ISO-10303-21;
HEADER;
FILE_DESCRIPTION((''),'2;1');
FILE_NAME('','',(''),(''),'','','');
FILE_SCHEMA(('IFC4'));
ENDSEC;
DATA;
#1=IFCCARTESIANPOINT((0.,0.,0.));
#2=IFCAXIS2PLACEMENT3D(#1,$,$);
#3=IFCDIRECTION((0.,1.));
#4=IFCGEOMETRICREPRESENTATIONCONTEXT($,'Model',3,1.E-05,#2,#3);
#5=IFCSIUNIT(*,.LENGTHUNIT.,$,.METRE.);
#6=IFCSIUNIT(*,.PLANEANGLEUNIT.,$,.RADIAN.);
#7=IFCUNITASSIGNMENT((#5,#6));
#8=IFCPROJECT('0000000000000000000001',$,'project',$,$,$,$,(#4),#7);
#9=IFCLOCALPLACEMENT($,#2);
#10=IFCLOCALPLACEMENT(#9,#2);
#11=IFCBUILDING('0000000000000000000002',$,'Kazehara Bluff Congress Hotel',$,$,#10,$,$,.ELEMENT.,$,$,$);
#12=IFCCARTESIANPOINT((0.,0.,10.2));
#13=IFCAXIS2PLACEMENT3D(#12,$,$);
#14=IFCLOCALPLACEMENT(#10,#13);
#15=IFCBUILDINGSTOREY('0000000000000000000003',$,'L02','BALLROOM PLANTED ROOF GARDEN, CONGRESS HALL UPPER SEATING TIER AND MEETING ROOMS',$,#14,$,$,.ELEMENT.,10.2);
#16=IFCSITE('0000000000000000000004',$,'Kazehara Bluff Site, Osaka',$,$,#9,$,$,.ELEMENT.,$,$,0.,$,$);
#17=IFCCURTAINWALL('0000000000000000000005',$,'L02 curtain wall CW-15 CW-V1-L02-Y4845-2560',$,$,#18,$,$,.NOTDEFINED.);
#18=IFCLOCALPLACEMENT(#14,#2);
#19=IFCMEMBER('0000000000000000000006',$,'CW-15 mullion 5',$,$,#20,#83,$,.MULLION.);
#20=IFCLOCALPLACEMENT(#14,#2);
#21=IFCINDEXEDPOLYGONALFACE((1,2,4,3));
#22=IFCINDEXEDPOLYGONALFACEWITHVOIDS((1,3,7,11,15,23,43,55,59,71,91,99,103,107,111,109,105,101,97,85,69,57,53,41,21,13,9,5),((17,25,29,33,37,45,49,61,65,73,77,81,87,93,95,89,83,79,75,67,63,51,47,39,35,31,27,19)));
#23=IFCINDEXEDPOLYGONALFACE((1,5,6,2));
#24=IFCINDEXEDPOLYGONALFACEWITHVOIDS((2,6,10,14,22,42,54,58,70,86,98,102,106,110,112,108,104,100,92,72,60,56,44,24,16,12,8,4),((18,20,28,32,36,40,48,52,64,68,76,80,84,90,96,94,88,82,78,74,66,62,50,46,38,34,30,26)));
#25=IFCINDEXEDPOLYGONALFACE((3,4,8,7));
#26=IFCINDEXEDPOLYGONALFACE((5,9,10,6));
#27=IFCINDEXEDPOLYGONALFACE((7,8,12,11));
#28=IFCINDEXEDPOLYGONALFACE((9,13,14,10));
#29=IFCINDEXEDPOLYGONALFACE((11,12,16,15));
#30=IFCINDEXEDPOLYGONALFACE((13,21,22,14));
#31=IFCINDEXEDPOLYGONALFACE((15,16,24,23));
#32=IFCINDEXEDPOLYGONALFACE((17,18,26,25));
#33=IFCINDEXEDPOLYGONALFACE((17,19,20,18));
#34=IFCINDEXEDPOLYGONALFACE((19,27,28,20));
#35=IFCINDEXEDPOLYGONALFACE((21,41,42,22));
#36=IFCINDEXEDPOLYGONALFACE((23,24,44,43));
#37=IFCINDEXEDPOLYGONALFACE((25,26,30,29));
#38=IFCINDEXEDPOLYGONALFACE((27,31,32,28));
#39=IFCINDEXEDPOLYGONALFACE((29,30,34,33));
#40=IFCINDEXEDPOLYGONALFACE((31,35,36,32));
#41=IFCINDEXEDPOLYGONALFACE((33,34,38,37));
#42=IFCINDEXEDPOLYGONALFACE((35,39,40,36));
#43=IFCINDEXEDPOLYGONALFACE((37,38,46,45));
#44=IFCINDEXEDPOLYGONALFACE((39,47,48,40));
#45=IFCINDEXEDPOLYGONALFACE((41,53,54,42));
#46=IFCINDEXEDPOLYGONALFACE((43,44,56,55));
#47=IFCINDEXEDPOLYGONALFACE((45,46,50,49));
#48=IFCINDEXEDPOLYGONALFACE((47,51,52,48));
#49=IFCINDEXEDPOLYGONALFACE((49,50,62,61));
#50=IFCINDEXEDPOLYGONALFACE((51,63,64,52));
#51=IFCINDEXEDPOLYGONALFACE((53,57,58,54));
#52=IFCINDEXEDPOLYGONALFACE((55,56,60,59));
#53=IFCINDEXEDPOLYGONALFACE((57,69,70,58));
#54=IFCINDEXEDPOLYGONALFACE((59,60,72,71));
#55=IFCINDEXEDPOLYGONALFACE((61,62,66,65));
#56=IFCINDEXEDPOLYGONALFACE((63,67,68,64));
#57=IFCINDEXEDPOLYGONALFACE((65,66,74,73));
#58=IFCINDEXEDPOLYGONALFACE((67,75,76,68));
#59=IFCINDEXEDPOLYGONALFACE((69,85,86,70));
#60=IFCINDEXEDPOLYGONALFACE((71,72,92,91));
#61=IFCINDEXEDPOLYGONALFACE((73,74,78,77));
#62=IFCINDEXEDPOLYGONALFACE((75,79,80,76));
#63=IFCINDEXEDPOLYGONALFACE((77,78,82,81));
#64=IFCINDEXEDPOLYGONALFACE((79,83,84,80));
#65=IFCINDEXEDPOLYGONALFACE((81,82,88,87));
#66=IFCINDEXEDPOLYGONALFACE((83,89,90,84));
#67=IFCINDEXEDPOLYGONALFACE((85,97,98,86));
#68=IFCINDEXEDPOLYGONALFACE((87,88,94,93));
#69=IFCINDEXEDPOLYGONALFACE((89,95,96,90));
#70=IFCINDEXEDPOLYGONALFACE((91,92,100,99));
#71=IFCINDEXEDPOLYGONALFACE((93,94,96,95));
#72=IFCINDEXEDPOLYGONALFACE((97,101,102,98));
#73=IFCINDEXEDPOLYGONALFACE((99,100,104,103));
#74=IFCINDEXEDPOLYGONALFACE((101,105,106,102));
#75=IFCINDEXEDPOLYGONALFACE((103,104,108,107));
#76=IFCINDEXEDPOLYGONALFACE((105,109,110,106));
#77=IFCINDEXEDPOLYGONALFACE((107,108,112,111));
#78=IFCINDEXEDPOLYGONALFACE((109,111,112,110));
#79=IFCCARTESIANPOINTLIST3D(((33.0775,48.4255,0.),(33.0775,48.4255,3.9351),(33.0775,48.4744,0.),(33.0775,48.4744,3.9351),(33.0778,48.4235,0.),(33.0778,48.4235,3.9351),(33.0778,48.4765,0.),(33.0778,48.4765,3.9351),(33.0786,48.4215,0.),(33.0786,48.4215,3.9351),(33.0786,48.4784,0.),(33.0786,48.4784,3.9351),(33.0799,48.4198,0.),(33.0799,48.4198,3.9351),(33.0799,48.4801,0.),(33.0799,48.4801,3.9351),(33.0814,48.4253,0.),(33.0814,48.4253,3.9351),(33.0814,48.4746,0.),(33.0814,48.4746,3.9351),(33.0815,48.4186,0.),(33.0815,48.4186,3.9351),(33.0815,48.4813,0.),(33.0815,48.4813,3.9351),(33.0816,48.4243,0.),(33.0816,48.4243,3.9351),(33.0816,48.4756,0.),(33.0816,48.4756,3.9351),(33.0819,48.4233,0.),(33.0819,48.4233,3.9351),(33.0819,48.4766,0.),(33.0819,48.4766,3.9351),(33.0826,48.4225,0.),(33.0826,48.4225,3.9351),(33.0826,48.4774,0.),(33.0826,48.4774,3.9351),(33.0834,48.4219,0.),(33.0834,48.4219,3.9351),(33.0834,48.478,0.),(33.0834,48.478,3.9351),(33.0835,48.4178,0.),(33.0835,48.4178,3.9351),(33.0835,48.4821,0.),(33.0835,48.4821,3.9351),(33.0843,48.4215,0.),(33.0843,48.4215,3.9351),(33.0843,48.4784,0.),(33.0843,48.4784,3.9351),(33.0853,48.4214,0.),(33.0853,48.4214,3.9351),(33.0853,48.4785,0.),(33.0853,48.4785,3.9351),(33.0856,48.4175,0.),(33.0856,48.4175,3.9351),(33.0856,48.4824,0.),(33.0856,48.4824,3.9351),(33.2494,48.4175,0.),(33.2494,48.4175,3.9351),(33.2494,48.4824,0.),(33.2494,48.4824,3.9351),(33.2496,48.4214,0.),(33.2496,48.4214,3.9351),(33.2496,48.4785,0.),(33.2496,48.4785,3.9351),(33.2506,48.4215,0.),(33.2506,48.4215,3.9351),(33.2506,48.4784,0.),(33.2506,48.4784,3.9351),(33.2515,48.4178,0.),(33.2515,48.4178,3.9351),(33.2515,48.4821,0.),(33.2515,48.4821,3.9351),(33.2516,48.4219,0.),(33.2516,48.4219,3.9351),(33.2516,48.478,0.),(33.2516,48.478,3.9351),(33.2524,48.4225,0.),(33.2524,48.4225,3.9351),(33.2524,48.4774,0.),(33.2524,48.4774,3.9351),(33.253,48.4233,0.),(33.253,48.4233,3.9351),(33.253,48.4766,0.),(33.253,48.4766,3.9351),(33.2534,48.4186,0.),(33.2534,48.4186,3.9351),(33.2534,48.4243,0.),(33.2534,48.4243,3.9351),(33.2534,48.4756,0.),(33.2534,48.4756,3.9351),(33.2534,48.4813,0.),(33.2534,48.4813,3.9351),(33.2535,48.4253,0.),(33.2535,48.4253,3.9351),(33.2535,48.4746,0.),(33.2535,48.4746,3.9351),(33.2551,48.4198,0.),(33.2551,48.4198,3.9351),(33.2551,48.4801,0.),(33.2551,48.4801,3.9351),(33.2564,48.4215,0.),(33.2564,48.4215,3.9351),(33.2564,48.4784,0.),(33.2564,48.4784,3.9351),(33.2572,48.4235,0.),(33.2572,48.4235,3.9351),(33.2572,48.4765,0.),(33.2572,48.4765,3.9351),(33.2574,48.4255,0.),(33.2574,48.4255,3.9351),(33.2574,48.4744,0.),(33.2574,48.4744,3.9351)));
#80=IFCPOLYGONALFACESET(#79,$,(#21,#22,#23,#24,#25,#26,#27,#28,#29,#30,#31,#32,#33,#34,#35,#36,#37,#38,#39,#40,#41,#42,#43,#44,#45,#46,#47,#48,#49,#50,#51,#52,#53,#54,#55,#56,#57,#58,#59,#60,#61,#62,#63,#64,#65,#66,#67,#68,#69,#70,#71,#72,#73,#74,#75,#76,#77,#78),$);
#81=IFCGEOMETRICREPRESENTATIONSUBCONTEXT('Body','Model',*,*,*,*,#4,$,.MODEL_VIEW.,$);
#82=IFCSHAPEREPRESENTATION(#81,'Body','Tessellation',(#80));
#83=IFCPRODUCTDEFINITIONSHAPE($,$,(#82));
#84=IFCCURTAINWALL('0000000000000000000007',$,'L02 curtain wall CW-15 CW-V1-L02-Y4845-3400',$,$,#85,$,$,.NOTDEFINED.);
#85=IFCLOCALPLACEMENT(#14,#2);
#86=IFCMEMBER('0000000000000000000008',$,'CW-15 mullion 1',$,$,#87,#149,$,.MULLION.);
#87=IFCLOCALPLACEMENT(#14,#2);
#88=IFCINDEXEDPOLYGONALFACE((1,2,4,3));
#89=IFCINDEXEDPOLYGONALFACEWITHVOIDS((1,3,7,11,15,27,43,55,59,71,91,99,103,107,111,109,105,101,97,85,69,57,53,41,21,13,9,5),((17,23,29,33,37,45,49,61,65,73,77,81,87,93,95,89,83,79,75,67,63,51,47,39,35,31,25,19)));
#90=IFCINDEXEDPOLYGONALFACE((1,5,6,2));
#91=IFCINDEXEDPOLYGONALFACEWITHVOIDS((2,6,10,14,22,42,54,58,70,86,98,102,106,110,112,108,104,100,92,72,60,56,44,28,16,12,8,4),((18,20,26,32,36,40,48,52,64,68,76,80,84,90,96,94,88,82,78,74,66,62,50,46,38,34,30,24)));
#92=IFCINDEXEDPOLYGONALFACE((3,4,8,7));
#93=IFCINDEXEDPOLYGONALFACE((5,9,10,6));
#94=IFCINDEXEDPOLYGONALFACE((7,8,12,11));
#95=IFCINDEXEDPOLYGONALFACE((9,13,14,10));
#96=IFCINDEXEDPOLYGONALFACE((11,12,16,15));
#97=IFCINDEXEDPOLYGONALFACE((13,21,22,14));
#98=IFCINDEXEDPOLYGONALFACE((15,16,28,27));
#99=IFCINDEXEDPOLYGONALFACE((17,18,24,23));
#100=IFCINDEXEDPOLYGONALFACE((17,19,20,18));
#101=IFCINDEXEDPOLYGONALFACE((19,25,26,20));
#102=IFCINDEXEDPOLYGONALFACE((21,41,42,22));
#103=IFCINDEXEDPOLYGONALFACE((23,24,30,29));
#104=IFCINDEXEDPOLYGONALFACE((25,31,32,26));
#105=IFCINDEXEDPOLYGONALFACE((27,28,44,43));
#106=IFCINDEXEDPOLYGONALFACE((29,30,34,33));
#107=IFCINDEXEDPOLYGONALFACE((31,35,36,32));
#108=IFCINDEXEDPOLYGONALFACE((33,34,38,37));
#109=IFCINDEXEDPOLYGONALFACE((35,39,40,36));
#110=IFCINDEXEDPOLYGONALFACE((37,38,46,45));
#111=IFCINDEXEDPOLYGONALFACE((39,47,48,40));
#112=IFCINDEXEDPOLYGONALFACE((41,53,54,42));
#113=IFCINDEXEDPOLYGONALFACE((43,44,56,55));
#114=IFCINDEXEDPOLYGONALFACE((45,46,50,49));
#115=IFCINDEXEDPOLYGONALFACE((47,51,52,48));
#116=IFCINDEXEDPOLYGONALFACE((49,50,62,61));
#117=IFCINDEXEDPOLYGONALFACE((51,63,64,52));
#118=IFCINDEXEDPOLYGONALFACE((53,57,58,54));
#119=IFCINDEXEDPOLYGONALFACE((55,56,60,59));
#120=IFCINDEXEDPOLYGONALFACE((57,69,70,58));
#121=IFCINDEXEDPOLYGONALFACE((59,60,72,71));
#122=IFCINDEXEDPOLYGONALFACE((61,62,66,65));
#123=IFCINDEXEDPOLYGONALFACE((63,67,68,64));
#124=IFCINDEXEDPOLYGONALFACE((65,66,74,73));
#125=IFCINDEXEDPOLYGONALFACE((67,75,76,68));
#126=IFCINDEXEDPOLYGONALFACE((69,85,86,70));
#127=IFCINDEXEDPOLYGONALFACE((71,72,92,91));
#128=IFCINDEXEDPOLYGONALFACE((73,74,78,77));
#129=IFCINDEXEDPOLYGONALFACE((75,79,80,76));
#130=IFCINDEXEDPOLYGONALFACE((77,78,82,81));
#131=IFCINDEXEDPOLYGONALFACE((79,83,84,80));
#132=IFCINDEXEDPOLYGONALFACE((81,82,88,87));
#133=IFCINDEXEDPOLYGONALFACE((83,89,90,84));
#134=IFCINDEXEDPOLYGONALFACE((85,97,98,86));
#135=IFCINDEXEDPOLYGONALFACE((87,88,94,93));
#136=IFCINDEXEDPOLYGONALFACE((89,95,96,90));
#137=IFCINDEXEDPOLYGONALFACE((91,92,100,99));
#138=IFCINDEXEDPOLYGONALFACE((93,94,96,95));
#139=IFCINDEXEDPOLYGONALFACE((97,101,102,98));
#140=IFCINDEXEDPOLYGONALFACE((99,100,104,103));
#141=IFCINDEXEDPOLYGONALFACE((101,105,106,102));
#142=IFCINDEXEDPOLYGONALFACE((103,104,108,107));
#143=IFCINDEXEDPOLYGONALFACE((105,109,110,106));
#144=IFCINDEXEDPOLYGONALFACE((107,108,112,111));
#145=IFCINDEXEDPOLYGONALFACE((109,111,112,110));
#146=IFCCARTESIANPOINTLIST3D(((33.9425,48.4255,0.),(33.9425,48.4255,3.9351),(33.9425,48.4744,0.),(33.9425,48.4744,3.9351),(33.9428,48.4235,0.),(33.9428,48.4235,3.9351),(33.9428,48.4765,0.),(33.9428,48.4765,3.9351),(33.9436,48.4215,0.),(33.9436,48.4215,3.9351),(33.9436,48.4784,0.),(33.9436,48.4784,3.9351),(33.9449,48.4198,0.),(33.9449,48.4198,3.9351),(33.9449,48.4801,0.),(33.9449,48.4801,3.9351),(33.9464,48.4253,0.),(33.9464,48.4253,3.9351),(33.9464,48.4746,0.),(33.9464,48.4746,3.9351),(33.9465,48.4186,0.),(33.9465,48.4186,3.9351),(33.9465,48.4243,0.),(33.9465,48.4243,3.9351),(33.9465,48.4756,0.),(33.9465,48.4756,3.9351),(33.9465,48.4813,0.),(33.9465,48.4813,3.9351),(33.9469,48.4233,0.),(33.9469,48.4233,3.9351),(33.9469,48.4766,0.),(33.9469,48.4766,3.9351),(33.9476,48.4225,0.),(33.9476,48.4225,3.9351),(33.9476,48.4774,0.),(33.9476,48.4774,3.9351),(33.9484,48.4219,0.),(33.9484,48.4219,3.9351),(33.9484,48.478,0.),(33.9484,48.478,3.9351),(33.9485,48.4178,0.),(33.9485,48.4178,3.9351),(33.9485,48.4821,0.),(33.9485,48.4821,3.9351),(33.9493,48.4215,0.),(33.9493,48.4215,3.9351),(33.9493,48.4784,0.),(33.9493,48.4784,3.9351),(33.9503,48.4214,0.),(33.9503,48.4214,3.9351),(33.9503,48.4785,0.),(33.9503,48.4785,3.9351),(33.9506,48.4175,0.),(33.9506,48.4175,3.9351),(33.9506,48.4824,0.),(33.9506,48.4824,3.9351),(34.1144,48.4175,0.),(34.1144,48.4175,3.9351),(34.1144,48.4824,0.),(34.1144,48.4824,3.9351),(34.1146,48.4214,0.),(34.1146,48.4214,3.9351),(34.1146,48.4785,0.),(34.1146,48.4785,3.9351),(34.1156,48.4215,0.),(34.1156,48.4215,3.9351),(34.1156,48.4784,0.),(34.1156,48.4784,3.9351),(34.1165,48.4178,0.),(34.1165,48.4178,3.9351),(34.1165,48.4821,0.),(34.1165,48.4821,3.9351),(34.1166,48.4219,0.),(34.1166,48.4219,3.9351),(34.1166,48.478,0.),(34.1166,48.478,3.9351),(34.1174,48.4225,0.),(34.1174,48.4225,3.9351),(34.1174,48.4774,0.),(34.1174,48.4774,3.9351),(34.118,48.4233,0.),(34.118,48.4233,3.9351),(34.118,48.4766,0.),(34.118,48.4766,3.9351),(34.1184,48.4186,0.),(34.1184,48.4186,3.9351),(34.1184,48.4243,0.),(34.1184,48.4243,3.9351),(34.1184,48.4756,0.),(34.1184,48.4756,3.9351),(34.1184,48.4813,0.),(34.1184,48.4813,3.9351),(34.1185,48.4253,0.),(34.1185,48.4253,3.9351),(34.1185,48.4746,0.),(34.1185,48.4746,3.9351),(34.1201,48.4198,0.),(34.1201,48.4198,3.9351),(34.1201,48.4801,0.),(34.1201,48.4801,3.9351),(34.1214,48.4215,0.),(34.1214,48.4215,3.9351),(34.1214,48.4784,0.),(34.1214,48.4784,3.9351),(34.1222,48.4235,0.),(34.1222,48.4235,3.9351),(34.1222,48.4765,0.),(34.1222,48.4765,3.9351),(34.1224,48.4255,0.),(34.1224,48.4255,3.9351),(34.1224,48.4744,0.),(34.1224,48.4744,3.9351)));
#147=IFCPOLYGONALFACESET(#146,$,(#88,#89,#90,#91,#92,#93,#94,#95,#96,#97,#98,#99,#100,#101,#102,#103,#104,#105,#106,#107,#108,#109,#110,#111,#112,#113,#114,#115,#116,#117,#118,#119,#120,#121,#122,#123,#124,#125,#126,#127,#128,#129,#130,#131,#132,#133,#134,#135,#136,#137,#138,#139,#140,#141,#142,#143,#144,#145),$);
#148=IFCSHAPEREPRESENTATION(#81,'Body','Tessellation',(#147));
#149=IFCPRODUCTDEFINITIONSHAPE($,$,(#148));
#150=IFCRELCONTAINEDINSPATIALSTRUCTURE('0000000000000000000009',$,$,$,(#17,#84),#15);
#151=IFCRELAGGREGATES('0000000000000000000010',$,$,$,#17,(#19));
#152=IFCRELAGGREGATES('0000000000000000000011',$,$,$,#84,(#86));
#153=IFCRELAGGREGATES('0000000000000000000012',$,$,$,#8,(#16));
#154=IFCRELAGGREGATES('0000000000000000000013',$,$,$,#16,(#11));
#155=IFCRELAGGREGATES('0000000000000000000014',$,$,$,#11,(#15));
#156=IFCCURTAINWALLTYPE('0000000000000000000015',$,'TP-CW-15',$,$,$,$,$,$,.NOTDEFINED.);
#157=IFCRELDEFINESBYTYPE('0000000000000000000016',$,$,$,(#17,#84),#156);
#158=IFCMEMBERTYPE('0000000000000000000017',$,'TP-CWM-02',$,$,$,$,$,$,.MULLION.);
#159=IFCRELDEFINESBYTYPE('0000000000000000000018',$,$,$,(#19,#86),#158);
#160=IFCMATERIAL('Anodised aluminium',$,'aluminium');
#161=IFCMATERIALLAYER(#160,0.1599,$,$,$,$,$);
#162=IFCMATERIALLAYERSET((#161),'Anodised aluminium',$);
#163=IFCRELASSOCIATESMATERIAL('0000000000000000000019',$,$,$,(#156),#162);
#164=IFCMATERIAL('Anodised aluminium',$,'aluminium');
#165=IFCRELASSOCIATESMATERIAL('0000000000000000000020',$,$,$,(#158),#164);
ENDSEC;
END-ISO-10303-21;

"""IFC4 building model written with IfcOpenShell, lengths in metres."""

from ifc_helpers import new_model, si_unit, direction, frame, origin, origin_2d, place, context, subcontext, project, spatial, hollow_rectangle, extrude, material, layer, layer_set, material_profile, profile_set, type_object, element, aggregate, save


model = new_model("IFC4")

# Units and contexts
model_context = context("Model", 3, precision=1e-05, world=origin(), true_north=direction((0.0, 1.0)))
body_context = subcontext(model_context, "Body", "Model", "MODEL_VIEW")
ifc_project = project(units=[si_unit("LENGTHUNIT", "METRE"), si_unit("PLANEANGLEUNIT", "RADIAN")], contexts=[model_context])

# Site, building, storey
site_placement = place(None, origin())
site = spatial("IfcSite", under=ifc_project, at=site_placement, Name="Kazehara Bluff Site, Osaka", CompositionType="ELEMENT", RefElevation=0.0)
building_placement = place(site_placement, origin())
building = spatial("IfcBuilding", under=site, at=building_placement, Name="Kazehara Bluff Congress Hotel", CompositionType="ELEMENT")
storey_placement = place(building_placement, frame((0.0, 0.0, 10.2)))
storey = spatial("IfcBuildingStorey", under=building, at=storey_placement, Name="L02", Description="BALLROOM PLANTED ROOF GARDEN, CONGRESS HALL UPPER SEATING TIER AND MEETING ROOMS", CompositionType="ELEMENT", Elevation=10.2)

# Curtain walls, members
ifc_material_1 = material(Name="Anodised aluminium", Category="aluminium")
ifc_layer_1 = layer(ifc_material_1, 0.1599)
ifc_layer_set_1 = layer_set([ifc_layer_1], Name="Anodised aluminium")
curtain_wall_type = type_object("IfcCurtainWallType", Name="TP-CW-15", PredefinedType="NOTDEFINED", material=ifc_layer_set_1)
curtain_wall_1_placement = place(storey_placement, origin())
curtain_wall_1 = element("IfcCurtainWall", 1, at=curtain_wall_1_placement, inside=storey, type_object=curtain_wall_type, Name="L02 curtain wall CW-15 CW-V1-L02-Y4845-2560", PredefinedType="NOTDEFINED")
ifc_material_2 = material(Name="Anodised aluminium", Category="aluminium")
ifc_material_profile_1 = material_profile(ifc_material_2, hollow_rectangle(XDim=0.0649, YDim=0.1799, WallThickness=0.0039, InnerFilletRadius=0.0039, OuterFilletRadius=0.0081, at=origin_2d()))
ifc_profile_set_1 = profile_set([ifc_material_profile_1], Name="Anodised aluminium")
member_type_1 = type_object("IfcMemberType", Name="TP-CWM-02", PredefinedType="MULLION", material=ifc_profile_set_1)
member_1_placement = place(storey_placement, frame((33.1675, 48.45, 0.0), z_axis=(0.0, 0.0, 1.0), x_axis=(0.0, 1.0, 0.0)))
member_1 = element("IfcMember", 2, at=member_1_placement, type_object=member_type_1, Name="CW-15 mullion 5", PredefinedType="MULLION", context=body_context, shape_type="SweptSolid", body=[
    extrude(hollow_rectangle(XDim=0.0649, YDim=0.1799, WallThickness=0.0039, InnerFilletRadius=0.0039, OuterFilletRadius=0.0081, at=origin_2d()), origin(), (0.0, 0.0, 1.0), 3.9351),
])
curtain_wall_2_placement = place(storey_placement, origin())
curtain_wall_2 = element("IfcCurtainWall", 3, at=curtain_wall_2_placement, inside=storey, type_object=curtain_wall_type, Name="L02 curtain wall CW-15 CW-V1-L02-Y4845-3400", PredefinedType="NOTDEFINED")
member_2_placement = place(storey_placement, frame((34.0325, 48.45, 0.0), z_axis=(0.0, 0.0, 1.0), x_axis=(0.0, 1.0, 0.0)))
member_2 = element("IfcMember", 4, at=member_2_placement, type_object=member_type_1, Name="CW-15 mullion 1", PredefinedType="MULLION", context=body_context, shape_type="SweptSolid", body=[
    extrude(hollow_rectangle(XDim=0.0649, YDim=0.1799, WallThickness=0.0039, InnerFilletRadius=0.0039, OuterFilletRadius=0.0081, at=origin_2d()), origin(), (0.0, 0.0, 1.0), 3.9351),
])

aggregate(curtain_wall_1, [member_1])
aggregate(curtain_wall_2, [member_2])

save(model, "model.ifc")
